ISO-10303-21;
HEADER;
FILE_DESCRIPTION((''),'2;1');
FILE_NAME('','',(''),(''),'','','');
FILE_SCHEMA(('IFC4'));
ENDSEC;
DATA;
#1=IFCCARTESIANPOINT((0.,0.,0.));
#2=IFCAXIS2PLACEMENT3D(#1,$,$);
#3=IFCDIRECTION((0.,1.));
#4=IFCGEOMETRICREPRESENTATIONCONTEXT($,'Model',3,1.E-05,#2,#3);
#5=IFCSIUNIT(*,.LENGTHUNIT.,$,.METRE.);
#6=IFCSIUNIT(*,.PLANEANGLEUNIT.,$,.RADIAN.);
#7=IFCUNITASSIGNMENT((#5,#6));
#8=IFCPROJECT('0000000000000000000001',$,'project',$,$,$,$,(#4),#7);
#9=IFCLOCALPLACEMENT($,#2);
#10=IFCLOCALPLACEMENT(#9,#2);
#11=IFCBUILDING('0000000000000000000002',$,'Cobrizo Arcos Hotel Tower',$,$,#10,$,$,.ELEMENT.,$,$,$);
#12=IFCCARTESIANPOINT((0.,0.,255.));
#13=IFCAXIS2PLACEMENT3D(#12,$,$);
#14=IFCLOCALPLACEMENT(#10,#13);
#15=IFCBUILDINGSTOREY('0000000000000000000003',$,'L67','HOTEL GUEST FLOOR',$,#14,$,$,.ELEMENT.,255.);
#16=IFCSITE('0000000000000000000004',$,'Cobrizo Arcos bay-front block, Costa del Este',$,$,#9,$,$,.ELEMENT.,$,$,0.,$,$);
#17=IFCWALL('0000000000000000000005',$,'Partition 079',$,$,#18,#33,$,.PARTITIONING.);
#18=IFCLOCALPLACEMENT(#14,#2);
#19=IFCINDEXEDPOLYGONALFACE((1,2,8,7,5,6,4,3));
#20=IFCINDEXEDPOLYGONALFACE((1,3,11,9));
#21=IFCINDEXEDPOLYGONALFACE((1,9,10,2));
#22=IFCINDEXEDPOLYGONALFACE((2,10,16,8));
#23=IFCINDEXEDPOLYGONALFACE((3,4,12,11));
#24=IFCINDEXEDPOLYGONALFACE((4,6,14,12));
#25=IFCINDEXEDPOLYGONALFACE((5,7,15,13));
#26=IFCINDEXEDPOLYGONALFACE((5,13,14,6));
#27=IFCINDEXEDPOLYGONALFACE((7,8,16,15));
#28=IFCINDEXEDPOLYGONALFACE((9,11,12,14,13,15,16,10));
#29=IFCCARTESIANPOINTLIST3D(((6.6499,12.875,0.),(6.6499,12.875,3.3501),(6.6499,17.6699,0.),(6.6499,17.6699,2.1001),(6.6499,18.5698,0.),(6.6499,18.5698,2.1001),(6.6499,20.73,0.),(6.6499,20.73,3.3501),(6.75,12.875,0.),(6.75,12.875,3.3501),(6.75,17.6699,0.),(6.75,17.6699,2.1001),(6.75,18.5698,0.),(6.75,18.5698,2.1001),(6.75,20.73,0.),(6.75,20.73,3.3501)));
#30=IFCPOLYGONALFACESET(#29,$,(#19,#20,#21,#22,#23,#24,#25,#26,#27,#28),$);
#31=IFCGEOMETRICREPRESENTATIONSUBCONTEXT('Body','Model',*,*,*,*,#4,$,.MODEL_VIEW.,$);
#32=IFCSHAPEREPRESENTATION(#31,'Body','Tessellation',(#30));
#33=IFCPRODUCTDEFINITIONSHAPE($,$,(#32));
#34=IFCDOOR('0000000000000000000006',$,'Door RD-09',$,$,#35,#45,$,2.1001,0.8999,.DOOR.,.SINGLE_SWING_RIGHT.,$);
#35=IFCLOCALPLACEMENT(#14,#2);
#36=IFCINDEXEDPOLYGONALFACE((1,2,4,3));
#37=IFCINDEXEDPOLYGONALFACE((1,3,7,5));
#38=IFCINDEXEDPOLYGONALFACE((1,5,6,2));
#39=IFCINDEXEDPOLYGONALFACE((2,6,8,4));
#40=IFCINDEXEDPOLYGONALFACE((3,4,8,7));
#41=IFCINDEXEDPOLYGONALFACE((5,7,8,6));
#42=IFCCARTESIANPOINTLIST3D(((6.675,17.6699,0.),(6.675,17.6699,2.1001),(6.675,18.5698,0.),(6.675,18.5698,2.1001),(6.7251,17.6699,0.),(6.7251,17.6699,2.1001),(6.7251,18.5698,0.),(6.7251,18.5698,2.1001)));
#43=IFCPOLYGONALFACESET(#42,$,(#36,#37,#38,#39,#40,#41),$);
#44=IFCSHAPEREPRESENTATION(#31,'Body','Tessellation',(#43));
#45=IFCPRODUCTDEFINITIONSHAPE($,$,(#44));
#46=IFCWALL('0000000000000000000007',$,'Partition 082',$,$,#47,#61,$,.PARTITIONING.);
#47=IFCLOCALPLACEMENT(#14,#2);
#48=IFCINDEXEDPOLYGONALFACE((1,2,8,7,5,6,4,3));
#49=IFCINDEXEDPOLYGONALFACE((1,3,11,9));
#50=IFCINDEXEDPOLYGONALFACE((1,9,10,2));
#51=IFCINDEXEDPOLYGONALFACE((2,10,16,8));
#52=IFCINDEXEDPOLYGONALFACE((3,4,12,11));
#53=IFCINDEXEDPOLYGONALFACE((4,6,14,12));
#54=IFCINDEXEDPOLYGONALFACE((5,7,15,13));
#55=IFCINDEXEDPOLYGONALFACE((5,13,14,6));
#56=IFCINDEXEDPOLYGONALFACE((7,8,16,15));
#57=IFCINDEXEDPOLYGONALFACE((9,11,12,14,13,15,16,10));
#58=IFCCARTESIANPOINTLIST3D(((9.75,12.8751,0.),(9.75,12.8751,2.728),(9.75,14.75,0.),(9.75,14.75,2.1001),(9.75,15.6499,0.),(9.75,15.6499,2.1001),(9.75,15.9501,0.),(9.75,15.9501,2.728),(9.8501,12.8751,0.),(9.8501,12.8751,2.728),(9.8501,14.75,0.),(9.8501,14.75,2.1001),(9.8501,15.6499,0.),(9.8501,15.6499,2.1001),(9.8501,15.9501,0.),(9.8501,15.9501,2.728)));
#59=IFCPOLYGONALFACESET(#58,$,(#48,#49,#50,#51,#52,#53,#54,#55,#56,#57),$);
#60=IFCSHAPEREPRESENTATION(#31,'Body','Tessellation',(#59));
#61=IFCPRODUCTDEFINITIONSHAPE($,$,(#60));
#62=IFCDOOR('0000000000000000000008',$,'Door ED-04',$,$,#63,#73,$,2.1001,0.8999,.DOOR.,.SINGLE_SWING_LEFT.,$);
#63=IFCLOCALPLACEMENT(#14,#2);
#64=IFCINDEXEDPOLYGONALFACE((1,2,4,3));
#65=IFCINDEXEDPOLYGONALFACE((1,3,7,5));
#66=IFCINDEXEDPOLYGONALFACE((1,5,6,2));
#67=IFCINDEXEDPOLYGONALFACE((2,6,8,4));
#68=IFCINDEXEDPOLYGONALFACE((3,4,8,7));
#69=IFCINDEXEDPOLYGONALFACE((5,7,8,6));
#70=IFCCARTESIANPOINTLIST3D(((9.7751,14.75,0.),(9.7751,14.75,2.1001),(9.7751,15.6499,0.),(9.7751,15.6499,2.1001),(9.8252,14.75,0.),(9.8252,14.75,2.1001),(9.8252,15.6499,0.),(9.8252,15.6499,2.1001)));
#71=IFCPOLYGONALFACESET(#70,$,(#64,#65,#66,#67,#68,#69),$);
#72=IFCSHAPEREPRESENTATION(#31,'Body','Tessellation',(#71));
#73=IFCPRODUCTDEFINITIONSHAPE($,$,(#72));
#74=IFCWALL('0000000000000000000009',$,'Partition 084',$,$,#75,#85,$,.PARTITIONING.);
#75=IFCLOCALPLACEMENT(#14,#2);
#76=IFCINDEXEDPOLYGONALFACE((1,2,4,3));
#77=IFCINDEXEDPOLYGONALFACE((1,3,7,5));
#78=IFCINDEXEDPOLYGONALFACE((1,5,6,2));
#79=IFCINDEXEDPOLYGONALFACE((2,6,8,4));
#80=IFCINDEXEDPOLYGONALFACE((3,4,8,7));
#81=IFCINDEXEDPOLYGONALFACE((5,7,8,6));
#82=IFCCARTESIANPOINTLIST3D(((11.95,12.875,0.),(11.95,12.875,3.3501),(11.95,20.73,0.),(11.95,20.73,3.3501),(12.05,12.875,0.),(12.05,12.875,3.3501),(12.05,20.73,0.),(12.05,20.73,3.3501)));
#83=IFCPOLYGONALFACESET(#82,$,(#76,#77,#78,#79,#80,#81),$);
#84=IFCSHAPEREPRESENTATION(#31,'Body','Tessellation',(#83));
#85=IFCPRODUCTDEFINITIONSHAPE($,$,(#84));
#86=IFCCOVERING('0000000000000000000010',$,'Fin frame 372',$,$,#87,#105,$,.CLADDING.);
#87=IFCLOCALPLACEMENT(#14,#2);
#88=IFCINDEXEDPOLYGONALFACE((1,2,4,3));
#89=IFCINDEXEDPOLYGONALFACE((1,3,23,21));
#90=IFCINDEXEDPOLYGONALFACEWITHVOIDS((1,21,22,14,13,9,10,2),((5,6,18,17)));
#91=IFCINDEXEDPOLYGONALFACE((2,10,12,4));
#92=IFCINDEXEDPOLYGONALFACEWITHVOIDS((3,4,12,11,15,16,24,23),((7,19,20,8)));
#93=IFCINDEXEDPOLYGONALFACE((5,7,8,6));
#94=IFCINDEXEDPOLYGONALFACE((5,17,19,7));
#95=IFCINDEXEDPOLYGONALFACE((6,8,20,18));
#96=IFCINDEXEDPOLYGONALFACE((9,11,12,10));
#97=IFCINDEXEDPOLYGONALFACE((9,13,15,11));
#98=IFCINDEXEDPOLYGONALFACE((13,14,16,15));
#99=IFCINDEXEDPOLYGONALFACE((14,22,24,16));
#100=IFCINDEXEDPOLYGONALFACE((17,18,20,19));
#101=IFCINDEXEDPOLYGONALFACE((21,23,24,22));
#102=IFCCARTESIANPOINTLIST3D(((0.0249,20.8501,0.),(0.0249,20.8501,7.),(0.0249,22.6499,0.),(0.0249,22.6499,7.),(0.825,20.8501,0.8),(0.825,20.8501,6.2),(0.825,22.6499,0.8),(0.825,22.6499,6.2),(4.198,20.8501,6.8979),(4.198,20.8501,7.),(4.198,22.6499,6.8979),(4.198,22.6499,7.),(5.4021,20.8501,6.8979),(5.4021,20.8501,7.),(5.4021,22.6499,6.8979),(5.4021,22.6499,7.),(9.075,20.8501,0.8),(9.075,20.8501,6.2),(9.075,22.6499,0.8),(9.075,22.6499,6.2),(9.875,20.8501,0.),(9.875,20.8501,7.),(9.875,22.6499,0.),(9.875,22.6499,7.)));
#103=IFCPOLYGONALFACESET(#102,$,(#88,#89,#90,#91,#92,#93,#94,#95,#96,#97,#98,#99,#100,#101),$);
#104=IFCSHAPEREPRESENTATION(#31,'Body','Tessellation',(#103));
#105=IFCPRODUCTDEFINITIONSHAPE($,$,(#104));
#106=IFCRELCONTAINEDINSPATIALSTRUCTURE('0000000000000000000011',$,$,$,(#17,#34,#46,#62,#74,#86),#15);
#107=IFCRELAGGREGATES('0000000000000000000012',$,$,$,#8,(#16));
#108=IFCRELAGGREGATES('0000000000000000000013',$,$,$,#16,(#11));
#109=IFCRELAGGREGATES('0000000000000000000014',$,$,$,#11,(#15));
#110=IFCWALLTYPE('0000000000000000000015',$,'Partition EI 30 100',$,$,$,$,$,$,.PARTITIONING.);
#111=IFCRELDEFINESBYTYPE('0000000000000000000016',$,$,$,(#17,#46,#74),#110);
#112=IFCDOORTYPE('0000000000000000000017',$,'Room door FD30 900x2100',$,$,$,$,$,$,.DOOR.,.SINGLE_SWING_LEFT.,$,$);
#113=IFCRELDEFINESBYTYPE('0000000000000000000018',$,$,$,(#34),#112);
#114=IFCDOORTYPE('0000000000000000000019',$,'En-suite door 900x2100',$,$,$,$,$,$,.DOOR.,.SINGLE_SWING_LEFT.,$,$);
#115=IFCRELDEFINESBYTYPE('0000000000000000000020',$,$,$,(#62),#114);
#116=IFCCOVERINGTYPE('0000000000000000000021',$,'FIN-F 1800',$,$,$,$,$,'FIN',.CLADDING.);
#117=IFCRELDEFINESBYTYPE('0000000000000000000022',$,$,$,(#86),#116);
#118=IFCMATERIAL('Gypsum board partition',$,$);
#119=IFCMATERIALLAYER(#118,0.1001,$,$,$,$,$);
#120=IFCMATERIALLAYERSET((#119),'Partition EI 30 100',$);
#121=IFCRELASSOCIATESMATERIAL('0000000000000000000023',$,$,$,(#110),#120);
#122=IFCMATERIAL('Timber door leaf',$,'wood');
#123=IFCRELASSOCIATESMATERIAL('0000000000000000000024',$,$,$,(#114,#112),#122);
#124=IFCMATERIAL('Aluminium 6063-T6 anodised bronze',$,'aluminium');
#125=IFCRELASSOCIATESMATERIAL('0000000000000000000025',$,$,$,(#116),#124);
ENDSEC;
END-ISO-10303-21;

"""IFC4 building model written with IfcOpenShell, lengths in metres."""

from ifc_helpers import new_model, si_unit, direction, frame, frame_2d, origin, place, context, subcontext, project, spatial, polyline, rectangle, outline, extrude, material, layer, layer_set, type_object, element, fill, save


model = new_model("IFC4")

# Units and contexts
model_context = context("Model", 3, precision=1e-05, world=origin(), true_north=direction((0.0, 1.0)))
body_context = subcontext(model_context, "Body", "Model", "MODEL_VIEW")
ifc_project = project(units=[si_unit("LENGTHUNIT", "METRE"), si_unit("PLANEANGLEUNIT", "RADIAN")], contexts=[model_context])

# Site, building, storey
site_placement = place(None, origin())
site = spatial("IfcSite", under=ifc_project, at=site_placement, Name="Cobrizo Arcos bay-front block, Costa del Este", CompositionType="ELEMENT", RefElevation=0.0)
building_placement = place(site_placement, origin())
building = spatial("IfcBuilding", under=site, at=building_placement, Name="Cobrizo Arcos Hotel Tower", CompositionType="ELEMENT")
storey_placement = place(building_placement, frame((0.0, 0.0, 255.0)))
storey = spatial("IfcBuildingStorey", under=building, at=storey_placement, Name="L67", Description="HOTEL GUEST FLOOR", CompositionType="ELEMENT", Elevation=255.0)

# Shared definitions
ifc_material_1 = material(Name="Aluminium 6063-T6 anodised bronze", Category="aluminium")

# Shared definitions
ifc_material_2 = material(Name="Gypsum board partition")
ifc_layer_1 = layer(ifc_material_2, 0.1001)
ifc_layer_set_1 = layer_set([ifc_layer_1], Name="Partition EI 30 100")
wall_type = type_object("IfcWallType", Name="Partition EI 30 100", PredefinedType="PARTITIONING", material=ifc_layer_set_1)

# Shared definitions
ifc_material_3 = material(Name="Timber door leaf", Category="wood")
door_type_1 = type_object("IfcDoorType", Name="En-suite door 900x2100", OperationType="SINGLE_SWING_LEFT", PredefinedType="DOOR", material=ifc_material_3)

# Walls, openings, doors
wall_1_placement = place(storey_placement, frame((6.7, 12.875, 0.0), z_axis=(0.0, 0.0, 1.0), x_axis=(0.0, 1.0, 0.0)))
wall_1 = element("IfcWall", 1, at=wall_1_placement, inside=storey, type_object=wall_type, Name="Partition 079", PredefinedType="PARTITIONING", context=body_context, shape_type="SweptSolid", body=[
    extrude(rectangle(XDim=7.855, YDim=0.1001, at=frame_2d((3.9275, 0.0))), origin(), (0.0, 0.0, 1.0), 3.3501),
])
opening_1_placement = place(wall_1_placement, frame((4.7949, 0.0, 0.0)))
opening_1 = element("IfcOpeningElement", 2, at=opening_1_placement, cuts=wall_1, PredefinedType="OPENING", context=body_context, shape_type="SweptSolid", body=[
    extrude(rectangle(XDim=0.8999, YDim=2.1001, at=frame_2d((0.45, 1.05))), frame((0.0, 0.062, 0.0), z_axis=(0.0, -1.0, 0.0), x_axis=(1.0, 0.0, 0.0)), (0.0, 0.0, 1.0), 0.124),
])
door_type_2 = type_object("IfcDoorType", Name="Room door FD30 900x2100", OperationType="SINGLE_SWING_LEFT", PredefinedType="DOOR", material=ifc_material_3)
door_1_placement = place(opening_1_placement, origin())
door_1 = element("IfcDoor", 3, at=door_1_placement, inside=storey, type_object=door_type_2, Name="Door RD-09", OperationType="SINGLE_SWING_RIGHT", OverallHeight=2.1001, OverallWidth=0.8999, PredefinedType="DOOR", context=body_context, shape_type="SweptSolid", body=[
    extrude(rectangle(XDim=0.8999, YDim=2.1001, at=frame_2d((0.45, 1.05))), frame((0.0, 0.0249, 0.0), z_axis=(0.0, -1.0, 0.0), x_axis=(1.0, 0.0, 0.0)), (0.0, 0.0, 1.0), 0.05),
])
fill(opening_1, door_1)
wall_2_placement = place(storey_placement, frame((9.8, 12.875, 0.0), z_axis=(0.0, 0.0, 1.0), x_axis=(0.0, 1.0, 0.0)))
wall_2 = element("IfcWall", 4, at=wall_2_placement, inside=storey, type_object=wall_type, Name="Partition 082", PredefinedType="PARTITIONING", context=body_context, shape_type="SweptSolid", body=[
    extrude(rectangle(XDim=3.075, YDim=0.1001, at=frame_2d((1.5376, 0.0))), origin(), (0.0, 0.0, 1.0), 2.728),
])
opening_2_placement = place(wall_2_placement, frame((1.875, 0.0, 0.0)))
opening_2 = element("IfcOpeningElement", 5, at=opening_2_placement, cuts=wall_2, PredefinedType="OPENING", context=body_context, shape_type="SweptSolid", body=[
    extrude(rectangle(XDim=0.8999, YDim=2.1001, at=frame_2d((0.45, 1.05))), frame((0.0, 0.062, 0.0), z_axis=(0.0, -1.0, 0.0), x_axis=(1.0, 0.0, 0.0)), (0.0, 0.0, 1.0), 0.124),
])
door_2_placement = place(opening_2_placement, origin())
door_2 = element("IfcDoor", 6, at=door_2_placement, inside=storey, type_object=door_type_1, Name="Door ED-04", OperationType="SINGLE_SWING_LEFT", OverallHeight=2.1001, OverallWidth=0.8999, PredefinedType="DOOR", context=body_context, shape_type="SweptSolid", body=[
    extrude(rectangle(XDim=0.8999, YDim=2.1001, at=frame_2d((0.45, 1.05))), frame((0.0, 0.0249, 0.0), z_axis=(0.0, -1.0, 0.0), x_axis=(1.0, 0.0, 0.0)), (0.0, 0.0, 1.0), 0.05),
])
fill(opening_2, door_2)

# Wall
wall_3_placement = place(storey_placement, frame((12.0, 12.875, 0.0), z_axis=(0.0, 0.0, 1.0), x_axis=(0.0, 1.0, 0.0)))
element("IfcWall", 7, at=wall_3_placement, inside=storey, type_object=wall_type, Name="Partition 084", PredefinedType="PARTITIONING", context=body_context, shape_type="SweptSolid", body=[
    extrude(rectangle(XDim=7.855, YDim=0.1001, at=frame_2d((3.9275, 0.0))), origin(), (0.0, 0.0, 1.0), 3.3501),
])

# Covering
covering_type = type_object("IfcCoveringType", Name="FIN-F 1800", ElementType="FIN", PredefinedType="CLADDING", material=ifc_material_1)
covering_placement = place(storey_placement, frame((9.875, 20.8501, 0.0), z_axis=(0.0, 1.0, 0.0), x_axis=(-1.0, 0.0, 0.0)))
element("IfcCovering", 8, at=covering_placement, inside=storey, type_object=covering_type, Name="Fin frame 372", PredefinedType="CLADDING", context=body_context, shape_type="SweptSolid", body=[
    extrude(outline(polyline([(9.8501, 7.0), (5.677, 7.0), (5.677, 6.8979), (4.4729, 6.8979), (4.4729, 7.0), (0.0, 7.0), (0.0, 0.0), (9.8501, 0.0), (9.8501, 7.0)]), holes=[polyline([(9.05, 0.8), (0.8, 0.8), (0.8, 6.2), (9.05, 6.2), (9.05, 0.8)])]), origin(), (0.0, 0.0, 1.0), 1.7998),
])

save(model, "model.ifc")
